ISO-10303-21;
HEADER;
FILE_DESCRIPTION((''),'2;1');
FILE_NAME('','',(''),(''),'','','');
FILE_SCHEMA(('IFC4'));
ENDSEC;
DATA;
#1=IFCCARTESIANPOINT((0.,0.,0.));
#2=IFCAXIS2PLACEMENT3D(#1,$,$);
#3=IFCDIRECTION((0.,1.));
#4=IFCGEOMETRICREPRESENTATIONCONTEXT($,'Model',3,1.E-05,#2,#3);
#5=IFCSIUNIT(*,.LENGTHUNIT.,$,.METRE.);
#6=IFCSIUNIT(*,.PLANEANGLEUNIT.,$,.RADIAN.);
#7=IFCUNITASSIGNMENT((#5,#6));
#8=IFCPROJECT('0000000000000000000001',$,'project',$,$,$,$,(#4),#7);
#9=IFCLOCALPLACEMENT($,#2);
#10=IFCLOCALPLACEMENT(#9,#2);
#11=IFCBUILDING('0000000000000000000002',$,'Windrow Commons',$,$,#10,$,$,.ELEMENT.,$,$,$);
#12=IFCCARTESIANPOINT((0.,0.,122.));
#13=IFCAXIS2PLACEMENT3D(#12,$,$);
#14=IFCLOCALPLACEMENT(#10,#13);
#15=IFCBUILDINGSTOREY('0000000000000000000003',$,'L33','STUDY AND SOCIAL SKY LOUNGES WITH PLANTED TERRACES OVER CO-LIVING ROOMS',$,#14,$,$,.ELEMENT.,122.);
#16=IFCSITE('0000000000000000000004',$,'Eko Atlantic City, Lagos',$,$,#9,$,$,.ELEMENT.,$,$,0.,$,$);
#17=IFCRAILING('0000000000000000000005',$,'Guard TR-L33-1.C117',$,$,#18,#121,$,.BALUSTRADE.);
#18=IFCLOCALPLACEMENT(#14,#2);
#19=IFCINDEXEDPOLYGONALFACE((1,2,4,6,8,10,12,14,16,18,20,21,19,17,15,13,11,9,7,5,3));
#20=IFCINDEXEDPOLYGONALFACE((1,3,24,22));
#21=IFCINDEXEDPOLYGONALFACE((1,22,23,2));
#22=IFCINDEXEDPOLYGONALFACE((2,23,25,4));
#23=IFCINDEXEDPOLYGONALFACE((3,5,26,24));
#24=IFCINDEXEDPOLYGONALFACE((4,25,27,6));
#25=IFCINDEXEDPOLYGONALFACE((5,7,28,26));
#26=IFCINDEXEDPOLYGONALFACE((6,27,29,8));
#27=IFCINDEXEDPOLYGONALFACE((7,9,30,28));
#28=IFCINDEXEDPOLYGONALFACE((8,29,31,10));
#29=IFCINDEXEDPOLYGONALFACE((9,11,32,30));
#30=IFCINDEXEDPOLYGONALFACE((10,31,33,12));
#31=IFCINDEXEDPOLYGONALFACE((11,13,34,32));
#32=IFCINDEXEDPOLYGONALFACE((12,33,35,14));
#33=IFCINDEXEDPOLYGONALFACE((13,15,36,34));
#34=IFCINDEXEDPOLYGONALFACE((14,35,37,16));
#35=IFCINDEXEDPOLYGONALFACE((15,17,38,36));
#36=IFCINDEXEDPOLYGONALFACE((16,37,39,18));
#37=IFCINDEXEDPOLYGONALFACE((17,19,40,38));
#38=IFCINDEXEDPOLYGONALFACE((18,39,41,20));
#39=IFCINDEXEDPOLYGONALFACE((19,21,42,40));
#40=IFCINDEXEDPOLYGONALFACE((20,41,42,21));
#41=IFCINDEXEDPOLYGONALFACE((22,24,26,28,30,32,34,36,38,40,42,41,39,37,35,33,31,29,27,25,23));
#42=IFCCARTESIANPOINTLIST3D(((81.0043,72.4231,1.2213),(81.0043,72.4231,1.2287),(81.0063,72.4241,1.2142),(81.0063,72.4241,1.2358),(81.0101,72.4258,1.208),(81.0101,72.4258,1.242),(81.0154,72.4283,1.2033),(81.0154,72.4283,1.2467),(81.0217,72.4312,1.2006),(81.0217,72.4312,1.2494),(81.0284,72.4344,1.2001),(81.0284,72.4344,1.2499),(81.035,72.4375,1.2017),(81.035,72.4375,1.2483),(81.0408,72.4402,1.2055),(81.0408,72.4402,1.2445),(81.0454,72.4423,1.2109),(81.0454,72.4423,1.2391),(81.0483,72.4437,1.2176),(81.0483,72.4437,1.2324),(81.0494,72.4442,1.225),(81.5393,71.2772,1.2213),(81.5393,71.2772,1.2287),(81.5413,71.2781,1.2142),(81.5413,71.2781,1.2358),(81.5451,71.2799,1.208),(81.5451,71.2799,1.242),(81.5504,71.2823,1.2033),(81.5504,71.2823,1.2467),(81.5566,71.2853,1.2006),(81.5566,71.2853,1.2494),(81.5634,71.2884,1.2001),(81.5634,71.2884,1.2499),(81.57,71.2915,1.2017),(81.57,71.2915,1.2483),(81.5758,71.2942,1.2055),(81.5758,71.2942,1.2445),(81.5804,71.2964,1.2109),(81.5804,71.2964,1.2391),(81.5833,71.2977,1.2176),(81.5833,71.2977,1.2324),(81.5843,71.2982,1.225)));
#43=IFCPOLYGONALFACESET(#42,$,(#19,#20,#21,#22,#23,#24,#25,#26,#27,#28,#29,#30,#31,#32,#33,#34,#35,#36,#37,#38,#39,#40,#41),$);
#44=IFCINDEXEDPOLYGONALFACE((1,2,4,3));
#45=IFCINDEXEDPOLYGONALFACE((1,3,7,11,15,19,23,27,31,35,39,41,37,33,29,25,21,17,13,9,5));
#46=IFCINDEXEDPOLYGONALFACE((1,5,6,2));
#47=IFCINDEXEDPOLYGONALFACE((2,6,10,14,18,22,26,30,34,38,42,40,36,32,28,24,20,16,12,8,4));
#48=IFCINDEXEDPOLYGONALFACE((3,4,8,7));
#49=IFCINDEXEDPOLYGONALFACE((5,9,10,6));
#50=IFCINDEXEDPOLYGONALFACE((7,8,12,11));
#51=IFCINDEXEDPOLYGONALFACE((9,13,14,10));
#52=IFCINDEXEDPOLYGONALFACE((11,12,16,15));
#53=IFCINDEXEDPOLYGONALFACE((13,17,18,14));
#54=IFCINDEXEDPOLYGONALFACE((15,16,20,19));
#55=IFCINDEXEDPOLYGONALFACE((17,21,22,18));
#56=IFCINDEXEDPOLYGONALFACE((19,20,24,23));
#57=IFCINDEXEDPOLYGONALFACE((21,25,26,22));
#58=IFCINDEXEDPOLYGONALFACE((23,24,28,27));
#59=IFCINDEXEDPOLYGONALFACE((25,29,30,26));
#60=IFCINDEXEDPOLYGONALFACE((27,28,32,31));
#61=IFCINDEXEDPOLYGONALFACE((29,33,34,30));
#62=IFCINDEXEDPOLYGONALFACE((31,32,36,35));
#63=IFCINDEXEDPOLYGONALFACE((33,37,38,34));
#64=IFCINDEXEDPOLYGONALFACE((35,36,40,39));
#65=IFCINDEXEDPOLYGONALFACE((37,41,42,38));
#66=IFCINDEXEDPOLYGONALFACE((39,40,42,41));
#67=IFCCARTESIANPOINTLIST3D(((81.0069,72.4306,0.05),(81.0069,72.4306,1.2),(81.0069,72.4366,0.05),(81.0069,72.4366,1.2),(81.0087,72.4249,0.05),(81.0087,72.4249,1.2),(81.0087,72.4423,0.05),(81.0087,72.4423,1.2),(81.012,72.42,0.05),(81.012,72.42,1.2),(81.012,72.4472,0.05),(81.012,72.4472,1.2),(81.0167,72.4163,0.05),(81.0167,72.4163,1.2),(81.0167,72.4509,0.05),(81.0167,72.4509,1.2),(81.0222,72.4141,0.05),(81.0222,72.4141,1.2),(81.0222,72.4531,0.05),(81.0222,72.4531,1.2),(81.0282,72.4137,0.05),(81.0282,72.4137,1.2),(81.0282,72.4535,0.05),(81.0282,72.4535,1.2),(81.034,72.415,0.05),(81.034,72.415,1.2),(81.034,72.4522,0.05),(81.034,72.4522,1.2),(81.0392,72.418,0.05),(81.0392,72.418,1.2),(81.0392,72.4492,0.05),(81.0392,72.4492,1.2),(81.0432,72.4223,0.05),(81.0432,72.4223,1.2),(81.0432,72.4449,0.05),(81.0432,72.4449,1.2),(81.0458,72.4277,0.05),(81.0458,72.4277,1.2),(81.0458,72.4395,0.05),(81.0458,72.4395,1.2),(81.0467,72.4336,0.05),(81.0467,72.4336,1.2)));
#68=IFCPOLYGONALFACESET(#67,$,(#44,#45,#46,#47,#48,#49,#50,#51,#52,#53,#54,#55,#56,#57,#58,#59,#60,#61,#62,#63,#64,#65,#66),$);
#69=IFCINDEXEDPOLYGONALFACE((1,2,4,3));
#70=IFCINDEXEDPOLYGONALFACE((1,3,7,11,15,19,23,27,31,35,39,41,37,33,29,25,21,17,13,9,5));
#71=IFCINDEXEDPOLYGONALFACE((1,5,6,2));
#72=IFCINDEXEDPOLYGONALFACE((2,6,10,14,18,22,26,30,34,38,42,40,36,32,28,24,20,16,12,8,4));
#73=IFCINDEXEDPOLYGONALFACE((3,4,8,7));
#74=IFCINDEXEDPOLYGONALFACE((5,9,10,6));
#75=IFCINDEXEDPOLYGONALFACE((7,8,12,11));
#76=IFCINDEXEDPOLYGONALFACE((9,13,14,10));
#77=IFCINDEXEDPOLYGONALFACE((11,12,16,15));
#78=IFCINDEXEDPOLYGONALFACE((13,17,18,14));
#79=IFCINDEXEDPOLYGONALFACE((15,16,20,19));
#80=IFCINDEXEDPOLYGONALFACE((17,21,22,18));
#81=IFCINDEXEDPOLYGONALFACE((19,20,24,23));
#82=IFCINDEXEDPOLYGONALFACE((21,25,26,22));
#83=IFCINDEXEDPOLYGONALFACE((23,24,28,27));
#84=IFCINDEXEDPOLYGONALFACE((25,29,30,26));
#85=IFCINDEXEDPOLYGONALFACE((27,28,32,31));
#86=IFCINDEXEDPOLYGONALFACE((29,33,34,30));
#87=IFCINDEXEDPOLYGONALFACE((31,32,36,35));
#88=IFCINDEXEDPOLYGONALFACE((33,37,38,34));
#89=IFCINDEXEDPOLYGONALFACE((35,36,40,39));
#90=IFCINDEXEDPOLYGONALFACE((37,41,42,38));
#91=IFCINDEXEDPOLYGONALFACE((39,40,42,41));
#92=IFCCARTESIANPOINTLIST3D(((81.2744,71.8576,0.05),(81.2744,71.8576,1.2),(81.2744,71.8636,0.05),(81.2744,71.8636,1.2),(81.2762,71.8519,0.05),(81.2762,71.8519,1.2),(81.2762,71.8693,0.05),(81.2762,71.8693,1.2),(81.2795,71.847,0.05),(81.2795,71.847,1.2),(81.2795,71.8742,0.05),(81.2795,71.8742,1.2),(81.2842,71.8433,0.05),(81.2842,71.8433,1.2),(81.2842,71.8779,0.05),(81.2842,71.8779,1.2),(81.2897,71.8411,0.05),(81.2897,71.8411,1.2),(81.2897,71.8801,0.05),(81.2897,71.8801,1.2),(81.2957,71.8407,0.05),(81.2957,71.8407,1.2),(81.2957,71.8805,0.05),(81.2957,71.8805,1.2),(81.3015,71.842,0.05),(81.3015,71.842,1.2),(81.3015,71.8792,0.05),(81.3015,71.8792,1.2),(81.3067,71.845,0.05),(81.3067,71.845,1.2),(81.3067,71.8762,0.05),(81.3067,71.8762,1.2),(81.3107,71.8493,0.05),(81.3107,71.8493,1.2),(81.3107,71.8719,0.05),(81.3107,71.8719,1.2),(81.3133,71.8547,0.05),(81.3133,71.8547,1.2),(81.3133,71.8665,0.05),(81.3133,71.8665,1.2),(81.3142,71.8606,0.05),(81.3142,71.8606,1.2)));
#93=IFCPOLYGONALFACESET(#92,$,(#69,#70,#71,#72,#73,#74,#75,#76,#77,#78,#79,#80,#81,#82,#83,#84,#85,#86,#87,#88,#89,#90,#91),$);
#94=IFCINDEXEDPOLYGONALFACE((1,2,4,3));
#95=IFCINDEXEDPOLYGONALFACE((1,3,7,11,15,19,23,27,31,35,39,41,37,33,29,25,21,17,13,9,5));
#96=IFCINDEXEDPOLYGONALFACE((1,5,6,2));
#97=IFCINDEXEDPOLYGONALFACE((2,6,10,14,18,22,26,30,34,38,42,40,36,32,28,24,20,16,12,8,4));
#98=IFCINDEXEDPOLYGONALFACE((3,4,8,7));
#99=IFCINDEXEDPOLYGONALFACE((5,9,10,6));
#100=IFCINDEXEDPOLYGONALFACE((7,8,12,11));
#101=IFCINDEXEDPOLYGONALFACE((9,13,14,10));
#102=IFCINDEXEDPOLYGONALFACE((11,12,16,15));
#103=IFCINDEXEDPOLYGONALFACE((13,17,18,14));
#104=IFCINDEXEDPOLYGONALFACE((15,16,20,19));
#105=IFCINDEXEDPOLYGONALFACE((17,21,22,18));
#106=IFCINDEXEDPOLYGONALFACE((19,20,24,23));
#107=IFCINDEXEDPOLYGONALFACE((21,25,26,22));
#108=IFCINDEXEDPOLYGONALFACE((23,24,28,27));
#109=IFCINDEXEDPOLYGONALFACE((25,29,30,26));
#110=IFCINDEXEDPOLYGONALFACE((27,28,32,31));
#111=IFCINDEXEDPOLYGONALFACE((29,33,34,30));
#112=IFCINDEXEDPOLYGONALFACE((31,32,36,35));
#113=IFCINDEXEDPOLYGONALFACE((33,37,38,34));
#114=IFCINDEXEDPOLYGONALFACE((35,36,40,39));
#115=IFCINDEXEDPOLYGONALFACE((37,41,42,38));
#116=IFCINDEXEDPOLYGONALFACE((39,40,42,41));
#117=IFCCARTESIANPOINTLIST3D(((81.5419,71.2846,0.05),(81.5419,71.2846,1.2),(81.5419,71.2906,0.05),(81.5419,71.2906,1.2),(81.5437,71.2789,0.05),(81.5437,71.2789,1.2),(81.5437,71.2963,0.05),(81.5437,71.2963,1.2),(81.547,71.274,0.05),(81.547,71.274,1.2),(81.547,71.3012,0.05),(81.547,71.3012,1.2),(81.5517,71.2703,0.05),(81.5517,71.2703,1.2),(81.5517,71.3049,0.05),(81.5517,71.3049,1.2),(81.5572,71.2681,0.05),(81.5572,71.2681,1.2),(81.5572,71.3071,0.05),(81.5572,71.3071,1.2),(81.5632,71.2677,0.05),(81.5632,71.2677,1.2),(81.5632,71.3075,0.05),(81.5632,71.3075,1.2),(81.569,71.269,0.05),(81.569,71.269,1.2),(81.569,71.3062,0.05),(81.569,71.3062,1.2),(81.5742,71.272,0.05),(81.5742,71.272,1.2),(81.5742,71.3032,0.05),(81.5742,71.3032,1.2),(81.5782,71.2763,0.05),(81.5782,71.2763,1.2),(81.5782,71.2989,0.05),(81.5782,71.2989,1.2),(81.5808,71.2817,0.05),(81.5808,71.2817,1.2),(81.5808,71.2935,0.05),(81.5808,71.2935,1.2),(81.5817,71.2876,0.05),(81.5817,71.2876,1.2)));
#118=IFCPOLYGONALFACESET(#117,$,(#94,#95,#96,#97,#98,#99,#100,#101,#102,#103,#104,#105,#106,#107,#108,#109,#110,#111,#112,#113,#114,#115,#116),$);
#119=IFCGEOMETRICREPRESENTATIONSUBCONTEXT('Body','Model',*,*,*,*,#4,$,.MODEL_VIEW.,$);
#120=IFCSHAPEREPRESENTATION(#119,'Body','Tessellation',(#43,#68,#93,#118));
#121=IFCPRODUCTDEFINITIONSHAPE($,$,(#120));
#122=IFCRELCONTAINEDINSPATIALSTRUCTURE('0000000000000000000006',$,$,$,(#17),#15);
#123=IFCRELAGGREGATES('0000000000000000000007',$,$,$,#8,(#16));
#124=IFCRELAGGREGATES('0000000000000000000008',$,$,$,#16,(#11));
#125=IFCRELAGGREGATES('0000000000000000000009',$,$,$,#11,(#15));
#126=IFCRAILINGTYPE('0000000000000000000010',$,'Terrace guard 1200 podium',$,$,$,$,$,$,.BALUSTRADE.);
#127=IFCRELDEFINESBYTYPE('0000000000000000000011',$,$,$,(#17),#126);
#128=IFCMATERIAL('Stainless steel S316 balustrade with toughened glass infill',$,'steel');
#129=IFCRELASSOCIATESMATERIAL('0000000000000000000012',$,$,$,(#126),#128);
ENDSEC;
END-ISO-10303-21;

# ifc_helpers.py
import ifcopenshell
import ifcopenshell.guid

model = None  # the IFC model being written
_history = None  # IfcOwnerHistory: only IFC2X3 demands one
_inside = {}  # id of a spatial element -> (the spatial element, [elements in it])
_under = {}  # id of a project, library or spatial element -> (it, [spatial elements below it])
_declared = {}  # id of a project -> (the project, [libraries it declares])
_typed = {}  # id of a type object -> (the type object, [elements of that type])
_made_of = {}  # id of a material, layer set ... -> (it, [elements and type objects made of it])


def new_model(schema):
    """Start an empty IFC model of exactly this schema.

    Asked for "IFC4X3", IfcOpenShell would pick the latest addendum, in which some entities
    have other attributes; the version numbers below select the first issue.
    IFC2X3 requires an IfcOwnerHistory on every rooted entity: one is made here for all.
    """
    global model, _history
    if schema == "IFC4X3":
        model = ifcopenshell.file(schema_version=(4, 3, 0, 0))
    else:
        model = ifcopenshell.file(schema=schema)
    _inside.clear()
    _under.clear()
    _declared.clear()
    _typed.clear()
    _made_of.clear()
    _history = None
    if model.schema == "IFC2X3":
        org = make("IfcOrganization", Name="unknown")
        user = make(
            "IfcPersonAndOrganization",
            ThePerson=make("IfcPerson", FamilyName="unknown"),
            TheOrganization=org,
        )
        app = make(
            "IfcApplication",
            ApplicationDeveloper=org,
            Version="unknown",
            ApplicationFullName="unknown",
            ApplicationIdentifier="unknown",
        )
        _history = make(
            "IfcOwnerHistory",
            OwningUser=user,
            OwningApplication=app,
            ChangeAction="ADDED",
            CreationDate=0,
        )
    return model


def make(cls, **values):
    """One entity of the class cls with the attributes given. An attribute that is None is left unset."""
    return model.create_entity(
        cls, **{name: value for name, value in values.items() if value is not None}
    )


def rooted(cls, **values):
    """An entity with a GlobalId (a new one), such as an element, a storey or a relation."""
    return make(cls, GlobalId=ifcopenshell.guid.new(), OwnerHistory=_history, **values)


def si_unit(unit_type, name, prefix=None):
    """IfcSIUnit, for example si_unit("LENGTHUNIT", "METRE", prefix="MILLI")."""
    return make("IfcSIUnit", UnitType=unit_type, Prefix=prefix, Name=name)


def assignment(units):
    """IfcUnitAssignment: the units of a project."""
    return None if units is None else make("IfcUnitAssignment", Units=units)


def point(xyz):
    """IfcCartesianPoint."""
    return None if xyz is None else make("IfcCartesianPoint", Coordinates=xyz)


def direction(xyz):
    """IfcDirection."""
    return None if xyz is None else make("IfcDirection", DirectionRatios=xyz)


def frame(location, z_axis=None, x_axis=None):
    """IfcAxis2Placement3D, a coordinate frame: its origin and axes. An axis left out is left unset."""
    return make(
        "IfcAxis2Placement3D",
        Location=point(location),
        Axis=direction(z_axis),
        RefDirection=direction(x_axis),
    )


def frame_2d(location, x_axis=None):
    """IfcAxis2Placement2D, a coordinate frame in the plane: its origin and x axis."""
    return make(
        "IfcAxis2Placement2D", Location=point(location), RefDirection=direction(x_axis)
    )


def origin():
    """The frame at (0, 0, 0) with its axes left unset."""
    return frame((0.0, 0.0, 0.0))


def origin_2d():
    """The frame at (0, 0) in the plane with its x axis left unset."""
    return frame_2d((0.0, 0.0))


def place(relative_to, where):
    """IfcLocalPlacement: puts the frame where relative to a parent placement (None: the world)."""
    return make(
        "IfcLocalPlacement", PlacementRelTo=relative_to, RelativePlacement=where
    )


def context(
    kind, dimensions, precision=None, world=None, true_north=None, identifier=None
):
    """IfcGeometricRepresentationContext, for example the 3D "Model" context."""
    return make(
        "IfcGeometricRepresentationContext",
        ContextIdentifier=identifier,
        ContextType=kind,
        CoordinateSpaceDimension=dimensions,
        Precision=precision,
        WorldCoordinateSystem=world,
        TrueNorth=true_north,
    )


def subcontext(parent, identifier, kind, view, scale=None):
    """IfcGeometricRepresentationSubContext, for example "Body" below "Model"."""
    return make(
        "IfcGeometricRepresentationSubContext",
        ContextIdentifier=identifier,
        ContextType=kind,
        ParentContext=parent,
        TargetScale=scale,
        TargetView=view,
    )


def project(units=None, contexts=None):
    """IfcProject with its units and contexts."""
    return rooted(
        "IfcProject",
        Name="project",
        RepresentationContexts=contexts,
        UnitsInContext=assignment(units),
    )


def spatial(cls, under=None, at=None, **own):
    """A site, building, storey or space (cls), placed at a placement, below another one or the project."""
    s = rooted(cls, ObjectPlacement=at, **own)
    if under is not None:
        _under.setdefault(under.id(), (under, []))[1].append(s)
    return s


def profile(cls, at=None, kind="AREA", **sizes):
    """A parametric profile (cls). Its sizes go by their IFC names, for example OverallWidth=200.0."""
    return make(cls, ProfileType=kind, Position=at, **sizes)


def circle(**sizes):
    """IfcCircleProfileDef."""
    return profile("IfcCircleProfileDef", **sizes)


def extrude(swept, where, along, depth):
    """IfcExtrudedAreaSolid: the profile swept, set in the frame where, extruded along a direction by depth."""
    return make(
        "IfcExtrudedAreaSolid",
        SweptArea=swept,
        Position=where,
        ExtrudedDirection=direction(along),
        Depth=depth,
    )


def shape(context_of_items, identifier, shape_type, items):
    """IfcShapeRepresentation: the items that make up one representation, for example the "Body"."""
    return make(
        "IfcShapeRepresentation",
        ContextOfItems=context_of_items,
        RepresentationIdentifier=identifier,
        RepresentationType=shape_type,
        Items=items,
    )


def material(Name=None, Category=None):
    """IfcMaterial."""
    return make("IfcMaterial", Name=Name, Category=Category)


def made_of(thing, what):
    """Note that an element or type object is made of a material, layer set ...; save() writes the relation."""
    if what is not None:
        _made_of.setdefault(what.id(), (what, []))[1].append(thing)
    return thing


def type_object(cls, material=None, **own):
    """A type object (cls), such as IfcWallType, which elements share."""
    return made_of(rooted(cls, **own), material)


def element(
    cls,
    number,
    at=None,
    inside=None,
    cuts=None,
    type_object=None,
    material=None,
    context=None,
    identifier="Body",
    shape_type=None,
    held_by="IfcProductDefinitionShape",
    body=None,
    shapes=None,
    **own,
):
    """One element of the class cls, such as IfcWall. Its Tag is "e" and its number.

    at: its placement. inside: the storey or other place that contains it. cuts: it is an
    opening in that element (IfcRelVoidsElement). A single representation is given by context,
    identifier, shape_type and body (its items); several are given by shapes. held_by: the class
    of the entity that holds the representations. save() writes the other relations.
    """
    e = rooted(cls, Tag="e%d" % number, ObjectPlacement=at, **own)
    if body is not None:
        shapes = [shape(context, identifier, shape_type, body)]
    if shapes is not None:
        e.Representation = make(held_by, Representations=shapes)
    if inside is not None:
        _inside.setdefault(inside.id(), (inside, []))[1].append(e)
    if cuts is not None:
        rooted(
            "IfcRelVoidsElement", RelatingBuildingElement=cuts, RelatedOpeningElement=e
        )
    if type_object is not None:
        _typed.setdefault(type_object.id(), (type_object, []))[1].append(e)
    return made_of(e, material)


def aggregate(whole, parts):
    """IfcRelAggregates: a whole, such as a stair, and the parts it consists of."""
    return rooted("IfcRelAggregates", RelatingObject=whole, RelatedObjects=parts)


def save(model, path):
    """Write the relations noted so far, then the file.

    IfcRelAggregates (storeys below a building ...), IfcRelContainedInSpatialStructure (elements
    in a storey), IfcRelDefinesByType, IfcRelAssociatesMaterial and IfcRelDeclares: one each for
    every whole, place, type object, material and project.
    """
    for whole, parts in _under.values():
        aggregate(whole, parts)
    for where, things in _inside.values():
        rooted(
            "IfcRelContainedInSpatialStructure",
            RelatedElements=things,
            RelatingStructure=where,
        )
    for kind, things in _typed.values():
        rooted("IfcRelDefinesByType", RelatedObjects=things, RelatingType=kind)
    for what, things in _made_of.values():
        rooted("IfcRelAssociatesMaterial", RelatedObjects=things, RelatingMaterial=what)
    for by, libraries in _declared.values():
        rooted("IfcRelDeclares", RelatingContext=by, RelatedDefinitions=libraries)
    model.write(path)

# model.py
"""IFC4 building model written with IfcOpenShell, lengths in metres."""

from ifc_helpers import new_model, si_unit, direction, frame, origin, origin_2d, place, context, subcontext, project, spatial, circle, extrude, material, type_object, element, save


model = new_model("IFC4")

# Units and contexts
model_context = context("Model", 3, precision=1e-05, world=origin(), true_north=direction((0.0, 1.0)))
body_context = subcontext(model_context, "Body", "Model", "MODEL_VIEW")
ifc_project = project(units=[si_unit("LENGTHUNIT", "METRE"), si_unit("PLANEANGLEUNIT", "RADIAN")], contexts=[model_context])

# Site, building, storey
site_placement = place(None, origin())
site = spatial("IfcSite", under=ifc_project, at=site_placement, Name="Eko Atlantic City, Lagos", CompositionType="ELEMENT", RefElevation=0.0)
building_placement = place(site_placement, origin())
building = spatial("IfcBuilding", under=site, at=building_placement, Name="Windrow Commons", CompositionType="ELEMENT")
storey_placement = place(building_placement, frame((0.0, 0.0, 122.0)))
storey = spatial("IfcBuildingStorey", under=building, at=storey_placement, Name="L33", Description="STUDY AND SOCIAL SKY LOUNGES WITH PLANTED TERRACES OVER CO-LIVING ROOMS", CompositionType="ELEMENT", Elevation=122.0)

# Railing
ifc_material_1 = material(Name="Stainless steel S316 balustrade with toughened glass infill", Category="steel")
railing_type = type_object("IfcRailingType", Name="Terrace guard 1200 podium", PredefinedType="BALUSTRADE", material=ifc_material_1)
railing_1_placement = place(storey_placement, frame((81.0267, 72.4336, 0.05)))
element("IfcRailing", 1, at=railing_1_placement, inside=storey, type_object=railing_type, Name="Guard TR-L33-1.C117", PredefinedType="BALUSTRADE", context=body_context, shape_type="SweptSolid", body=[
    extrude(circle(Radius=0.025, at=origin_2d()), frame((0.0, 0.0, 1.175), z_axis=(0.423015, -0.906123, 0.0), x_axis=(0.906123, 0.423015, 0.0)), (0.0, 0.0, 1.0), 1.2647),
    extrude(circle(Radius=0.02, at=origin_2d()), origin(), (0.0, 0.0, 1.0), 1.15),
    extrude(circle(Radius=0.02, at=origin_2d()), frame((0.2675, -0.573, 0.0)), (0.0, 0.0, 1.0), 1.15),
    extrude(circle(Radius=0.02, at=origin_2d()), frame((0.535, -1.146, 0.0)), (0.0, 0.0, 1.0), 1.15),
])

save(model, "model.ifc")
